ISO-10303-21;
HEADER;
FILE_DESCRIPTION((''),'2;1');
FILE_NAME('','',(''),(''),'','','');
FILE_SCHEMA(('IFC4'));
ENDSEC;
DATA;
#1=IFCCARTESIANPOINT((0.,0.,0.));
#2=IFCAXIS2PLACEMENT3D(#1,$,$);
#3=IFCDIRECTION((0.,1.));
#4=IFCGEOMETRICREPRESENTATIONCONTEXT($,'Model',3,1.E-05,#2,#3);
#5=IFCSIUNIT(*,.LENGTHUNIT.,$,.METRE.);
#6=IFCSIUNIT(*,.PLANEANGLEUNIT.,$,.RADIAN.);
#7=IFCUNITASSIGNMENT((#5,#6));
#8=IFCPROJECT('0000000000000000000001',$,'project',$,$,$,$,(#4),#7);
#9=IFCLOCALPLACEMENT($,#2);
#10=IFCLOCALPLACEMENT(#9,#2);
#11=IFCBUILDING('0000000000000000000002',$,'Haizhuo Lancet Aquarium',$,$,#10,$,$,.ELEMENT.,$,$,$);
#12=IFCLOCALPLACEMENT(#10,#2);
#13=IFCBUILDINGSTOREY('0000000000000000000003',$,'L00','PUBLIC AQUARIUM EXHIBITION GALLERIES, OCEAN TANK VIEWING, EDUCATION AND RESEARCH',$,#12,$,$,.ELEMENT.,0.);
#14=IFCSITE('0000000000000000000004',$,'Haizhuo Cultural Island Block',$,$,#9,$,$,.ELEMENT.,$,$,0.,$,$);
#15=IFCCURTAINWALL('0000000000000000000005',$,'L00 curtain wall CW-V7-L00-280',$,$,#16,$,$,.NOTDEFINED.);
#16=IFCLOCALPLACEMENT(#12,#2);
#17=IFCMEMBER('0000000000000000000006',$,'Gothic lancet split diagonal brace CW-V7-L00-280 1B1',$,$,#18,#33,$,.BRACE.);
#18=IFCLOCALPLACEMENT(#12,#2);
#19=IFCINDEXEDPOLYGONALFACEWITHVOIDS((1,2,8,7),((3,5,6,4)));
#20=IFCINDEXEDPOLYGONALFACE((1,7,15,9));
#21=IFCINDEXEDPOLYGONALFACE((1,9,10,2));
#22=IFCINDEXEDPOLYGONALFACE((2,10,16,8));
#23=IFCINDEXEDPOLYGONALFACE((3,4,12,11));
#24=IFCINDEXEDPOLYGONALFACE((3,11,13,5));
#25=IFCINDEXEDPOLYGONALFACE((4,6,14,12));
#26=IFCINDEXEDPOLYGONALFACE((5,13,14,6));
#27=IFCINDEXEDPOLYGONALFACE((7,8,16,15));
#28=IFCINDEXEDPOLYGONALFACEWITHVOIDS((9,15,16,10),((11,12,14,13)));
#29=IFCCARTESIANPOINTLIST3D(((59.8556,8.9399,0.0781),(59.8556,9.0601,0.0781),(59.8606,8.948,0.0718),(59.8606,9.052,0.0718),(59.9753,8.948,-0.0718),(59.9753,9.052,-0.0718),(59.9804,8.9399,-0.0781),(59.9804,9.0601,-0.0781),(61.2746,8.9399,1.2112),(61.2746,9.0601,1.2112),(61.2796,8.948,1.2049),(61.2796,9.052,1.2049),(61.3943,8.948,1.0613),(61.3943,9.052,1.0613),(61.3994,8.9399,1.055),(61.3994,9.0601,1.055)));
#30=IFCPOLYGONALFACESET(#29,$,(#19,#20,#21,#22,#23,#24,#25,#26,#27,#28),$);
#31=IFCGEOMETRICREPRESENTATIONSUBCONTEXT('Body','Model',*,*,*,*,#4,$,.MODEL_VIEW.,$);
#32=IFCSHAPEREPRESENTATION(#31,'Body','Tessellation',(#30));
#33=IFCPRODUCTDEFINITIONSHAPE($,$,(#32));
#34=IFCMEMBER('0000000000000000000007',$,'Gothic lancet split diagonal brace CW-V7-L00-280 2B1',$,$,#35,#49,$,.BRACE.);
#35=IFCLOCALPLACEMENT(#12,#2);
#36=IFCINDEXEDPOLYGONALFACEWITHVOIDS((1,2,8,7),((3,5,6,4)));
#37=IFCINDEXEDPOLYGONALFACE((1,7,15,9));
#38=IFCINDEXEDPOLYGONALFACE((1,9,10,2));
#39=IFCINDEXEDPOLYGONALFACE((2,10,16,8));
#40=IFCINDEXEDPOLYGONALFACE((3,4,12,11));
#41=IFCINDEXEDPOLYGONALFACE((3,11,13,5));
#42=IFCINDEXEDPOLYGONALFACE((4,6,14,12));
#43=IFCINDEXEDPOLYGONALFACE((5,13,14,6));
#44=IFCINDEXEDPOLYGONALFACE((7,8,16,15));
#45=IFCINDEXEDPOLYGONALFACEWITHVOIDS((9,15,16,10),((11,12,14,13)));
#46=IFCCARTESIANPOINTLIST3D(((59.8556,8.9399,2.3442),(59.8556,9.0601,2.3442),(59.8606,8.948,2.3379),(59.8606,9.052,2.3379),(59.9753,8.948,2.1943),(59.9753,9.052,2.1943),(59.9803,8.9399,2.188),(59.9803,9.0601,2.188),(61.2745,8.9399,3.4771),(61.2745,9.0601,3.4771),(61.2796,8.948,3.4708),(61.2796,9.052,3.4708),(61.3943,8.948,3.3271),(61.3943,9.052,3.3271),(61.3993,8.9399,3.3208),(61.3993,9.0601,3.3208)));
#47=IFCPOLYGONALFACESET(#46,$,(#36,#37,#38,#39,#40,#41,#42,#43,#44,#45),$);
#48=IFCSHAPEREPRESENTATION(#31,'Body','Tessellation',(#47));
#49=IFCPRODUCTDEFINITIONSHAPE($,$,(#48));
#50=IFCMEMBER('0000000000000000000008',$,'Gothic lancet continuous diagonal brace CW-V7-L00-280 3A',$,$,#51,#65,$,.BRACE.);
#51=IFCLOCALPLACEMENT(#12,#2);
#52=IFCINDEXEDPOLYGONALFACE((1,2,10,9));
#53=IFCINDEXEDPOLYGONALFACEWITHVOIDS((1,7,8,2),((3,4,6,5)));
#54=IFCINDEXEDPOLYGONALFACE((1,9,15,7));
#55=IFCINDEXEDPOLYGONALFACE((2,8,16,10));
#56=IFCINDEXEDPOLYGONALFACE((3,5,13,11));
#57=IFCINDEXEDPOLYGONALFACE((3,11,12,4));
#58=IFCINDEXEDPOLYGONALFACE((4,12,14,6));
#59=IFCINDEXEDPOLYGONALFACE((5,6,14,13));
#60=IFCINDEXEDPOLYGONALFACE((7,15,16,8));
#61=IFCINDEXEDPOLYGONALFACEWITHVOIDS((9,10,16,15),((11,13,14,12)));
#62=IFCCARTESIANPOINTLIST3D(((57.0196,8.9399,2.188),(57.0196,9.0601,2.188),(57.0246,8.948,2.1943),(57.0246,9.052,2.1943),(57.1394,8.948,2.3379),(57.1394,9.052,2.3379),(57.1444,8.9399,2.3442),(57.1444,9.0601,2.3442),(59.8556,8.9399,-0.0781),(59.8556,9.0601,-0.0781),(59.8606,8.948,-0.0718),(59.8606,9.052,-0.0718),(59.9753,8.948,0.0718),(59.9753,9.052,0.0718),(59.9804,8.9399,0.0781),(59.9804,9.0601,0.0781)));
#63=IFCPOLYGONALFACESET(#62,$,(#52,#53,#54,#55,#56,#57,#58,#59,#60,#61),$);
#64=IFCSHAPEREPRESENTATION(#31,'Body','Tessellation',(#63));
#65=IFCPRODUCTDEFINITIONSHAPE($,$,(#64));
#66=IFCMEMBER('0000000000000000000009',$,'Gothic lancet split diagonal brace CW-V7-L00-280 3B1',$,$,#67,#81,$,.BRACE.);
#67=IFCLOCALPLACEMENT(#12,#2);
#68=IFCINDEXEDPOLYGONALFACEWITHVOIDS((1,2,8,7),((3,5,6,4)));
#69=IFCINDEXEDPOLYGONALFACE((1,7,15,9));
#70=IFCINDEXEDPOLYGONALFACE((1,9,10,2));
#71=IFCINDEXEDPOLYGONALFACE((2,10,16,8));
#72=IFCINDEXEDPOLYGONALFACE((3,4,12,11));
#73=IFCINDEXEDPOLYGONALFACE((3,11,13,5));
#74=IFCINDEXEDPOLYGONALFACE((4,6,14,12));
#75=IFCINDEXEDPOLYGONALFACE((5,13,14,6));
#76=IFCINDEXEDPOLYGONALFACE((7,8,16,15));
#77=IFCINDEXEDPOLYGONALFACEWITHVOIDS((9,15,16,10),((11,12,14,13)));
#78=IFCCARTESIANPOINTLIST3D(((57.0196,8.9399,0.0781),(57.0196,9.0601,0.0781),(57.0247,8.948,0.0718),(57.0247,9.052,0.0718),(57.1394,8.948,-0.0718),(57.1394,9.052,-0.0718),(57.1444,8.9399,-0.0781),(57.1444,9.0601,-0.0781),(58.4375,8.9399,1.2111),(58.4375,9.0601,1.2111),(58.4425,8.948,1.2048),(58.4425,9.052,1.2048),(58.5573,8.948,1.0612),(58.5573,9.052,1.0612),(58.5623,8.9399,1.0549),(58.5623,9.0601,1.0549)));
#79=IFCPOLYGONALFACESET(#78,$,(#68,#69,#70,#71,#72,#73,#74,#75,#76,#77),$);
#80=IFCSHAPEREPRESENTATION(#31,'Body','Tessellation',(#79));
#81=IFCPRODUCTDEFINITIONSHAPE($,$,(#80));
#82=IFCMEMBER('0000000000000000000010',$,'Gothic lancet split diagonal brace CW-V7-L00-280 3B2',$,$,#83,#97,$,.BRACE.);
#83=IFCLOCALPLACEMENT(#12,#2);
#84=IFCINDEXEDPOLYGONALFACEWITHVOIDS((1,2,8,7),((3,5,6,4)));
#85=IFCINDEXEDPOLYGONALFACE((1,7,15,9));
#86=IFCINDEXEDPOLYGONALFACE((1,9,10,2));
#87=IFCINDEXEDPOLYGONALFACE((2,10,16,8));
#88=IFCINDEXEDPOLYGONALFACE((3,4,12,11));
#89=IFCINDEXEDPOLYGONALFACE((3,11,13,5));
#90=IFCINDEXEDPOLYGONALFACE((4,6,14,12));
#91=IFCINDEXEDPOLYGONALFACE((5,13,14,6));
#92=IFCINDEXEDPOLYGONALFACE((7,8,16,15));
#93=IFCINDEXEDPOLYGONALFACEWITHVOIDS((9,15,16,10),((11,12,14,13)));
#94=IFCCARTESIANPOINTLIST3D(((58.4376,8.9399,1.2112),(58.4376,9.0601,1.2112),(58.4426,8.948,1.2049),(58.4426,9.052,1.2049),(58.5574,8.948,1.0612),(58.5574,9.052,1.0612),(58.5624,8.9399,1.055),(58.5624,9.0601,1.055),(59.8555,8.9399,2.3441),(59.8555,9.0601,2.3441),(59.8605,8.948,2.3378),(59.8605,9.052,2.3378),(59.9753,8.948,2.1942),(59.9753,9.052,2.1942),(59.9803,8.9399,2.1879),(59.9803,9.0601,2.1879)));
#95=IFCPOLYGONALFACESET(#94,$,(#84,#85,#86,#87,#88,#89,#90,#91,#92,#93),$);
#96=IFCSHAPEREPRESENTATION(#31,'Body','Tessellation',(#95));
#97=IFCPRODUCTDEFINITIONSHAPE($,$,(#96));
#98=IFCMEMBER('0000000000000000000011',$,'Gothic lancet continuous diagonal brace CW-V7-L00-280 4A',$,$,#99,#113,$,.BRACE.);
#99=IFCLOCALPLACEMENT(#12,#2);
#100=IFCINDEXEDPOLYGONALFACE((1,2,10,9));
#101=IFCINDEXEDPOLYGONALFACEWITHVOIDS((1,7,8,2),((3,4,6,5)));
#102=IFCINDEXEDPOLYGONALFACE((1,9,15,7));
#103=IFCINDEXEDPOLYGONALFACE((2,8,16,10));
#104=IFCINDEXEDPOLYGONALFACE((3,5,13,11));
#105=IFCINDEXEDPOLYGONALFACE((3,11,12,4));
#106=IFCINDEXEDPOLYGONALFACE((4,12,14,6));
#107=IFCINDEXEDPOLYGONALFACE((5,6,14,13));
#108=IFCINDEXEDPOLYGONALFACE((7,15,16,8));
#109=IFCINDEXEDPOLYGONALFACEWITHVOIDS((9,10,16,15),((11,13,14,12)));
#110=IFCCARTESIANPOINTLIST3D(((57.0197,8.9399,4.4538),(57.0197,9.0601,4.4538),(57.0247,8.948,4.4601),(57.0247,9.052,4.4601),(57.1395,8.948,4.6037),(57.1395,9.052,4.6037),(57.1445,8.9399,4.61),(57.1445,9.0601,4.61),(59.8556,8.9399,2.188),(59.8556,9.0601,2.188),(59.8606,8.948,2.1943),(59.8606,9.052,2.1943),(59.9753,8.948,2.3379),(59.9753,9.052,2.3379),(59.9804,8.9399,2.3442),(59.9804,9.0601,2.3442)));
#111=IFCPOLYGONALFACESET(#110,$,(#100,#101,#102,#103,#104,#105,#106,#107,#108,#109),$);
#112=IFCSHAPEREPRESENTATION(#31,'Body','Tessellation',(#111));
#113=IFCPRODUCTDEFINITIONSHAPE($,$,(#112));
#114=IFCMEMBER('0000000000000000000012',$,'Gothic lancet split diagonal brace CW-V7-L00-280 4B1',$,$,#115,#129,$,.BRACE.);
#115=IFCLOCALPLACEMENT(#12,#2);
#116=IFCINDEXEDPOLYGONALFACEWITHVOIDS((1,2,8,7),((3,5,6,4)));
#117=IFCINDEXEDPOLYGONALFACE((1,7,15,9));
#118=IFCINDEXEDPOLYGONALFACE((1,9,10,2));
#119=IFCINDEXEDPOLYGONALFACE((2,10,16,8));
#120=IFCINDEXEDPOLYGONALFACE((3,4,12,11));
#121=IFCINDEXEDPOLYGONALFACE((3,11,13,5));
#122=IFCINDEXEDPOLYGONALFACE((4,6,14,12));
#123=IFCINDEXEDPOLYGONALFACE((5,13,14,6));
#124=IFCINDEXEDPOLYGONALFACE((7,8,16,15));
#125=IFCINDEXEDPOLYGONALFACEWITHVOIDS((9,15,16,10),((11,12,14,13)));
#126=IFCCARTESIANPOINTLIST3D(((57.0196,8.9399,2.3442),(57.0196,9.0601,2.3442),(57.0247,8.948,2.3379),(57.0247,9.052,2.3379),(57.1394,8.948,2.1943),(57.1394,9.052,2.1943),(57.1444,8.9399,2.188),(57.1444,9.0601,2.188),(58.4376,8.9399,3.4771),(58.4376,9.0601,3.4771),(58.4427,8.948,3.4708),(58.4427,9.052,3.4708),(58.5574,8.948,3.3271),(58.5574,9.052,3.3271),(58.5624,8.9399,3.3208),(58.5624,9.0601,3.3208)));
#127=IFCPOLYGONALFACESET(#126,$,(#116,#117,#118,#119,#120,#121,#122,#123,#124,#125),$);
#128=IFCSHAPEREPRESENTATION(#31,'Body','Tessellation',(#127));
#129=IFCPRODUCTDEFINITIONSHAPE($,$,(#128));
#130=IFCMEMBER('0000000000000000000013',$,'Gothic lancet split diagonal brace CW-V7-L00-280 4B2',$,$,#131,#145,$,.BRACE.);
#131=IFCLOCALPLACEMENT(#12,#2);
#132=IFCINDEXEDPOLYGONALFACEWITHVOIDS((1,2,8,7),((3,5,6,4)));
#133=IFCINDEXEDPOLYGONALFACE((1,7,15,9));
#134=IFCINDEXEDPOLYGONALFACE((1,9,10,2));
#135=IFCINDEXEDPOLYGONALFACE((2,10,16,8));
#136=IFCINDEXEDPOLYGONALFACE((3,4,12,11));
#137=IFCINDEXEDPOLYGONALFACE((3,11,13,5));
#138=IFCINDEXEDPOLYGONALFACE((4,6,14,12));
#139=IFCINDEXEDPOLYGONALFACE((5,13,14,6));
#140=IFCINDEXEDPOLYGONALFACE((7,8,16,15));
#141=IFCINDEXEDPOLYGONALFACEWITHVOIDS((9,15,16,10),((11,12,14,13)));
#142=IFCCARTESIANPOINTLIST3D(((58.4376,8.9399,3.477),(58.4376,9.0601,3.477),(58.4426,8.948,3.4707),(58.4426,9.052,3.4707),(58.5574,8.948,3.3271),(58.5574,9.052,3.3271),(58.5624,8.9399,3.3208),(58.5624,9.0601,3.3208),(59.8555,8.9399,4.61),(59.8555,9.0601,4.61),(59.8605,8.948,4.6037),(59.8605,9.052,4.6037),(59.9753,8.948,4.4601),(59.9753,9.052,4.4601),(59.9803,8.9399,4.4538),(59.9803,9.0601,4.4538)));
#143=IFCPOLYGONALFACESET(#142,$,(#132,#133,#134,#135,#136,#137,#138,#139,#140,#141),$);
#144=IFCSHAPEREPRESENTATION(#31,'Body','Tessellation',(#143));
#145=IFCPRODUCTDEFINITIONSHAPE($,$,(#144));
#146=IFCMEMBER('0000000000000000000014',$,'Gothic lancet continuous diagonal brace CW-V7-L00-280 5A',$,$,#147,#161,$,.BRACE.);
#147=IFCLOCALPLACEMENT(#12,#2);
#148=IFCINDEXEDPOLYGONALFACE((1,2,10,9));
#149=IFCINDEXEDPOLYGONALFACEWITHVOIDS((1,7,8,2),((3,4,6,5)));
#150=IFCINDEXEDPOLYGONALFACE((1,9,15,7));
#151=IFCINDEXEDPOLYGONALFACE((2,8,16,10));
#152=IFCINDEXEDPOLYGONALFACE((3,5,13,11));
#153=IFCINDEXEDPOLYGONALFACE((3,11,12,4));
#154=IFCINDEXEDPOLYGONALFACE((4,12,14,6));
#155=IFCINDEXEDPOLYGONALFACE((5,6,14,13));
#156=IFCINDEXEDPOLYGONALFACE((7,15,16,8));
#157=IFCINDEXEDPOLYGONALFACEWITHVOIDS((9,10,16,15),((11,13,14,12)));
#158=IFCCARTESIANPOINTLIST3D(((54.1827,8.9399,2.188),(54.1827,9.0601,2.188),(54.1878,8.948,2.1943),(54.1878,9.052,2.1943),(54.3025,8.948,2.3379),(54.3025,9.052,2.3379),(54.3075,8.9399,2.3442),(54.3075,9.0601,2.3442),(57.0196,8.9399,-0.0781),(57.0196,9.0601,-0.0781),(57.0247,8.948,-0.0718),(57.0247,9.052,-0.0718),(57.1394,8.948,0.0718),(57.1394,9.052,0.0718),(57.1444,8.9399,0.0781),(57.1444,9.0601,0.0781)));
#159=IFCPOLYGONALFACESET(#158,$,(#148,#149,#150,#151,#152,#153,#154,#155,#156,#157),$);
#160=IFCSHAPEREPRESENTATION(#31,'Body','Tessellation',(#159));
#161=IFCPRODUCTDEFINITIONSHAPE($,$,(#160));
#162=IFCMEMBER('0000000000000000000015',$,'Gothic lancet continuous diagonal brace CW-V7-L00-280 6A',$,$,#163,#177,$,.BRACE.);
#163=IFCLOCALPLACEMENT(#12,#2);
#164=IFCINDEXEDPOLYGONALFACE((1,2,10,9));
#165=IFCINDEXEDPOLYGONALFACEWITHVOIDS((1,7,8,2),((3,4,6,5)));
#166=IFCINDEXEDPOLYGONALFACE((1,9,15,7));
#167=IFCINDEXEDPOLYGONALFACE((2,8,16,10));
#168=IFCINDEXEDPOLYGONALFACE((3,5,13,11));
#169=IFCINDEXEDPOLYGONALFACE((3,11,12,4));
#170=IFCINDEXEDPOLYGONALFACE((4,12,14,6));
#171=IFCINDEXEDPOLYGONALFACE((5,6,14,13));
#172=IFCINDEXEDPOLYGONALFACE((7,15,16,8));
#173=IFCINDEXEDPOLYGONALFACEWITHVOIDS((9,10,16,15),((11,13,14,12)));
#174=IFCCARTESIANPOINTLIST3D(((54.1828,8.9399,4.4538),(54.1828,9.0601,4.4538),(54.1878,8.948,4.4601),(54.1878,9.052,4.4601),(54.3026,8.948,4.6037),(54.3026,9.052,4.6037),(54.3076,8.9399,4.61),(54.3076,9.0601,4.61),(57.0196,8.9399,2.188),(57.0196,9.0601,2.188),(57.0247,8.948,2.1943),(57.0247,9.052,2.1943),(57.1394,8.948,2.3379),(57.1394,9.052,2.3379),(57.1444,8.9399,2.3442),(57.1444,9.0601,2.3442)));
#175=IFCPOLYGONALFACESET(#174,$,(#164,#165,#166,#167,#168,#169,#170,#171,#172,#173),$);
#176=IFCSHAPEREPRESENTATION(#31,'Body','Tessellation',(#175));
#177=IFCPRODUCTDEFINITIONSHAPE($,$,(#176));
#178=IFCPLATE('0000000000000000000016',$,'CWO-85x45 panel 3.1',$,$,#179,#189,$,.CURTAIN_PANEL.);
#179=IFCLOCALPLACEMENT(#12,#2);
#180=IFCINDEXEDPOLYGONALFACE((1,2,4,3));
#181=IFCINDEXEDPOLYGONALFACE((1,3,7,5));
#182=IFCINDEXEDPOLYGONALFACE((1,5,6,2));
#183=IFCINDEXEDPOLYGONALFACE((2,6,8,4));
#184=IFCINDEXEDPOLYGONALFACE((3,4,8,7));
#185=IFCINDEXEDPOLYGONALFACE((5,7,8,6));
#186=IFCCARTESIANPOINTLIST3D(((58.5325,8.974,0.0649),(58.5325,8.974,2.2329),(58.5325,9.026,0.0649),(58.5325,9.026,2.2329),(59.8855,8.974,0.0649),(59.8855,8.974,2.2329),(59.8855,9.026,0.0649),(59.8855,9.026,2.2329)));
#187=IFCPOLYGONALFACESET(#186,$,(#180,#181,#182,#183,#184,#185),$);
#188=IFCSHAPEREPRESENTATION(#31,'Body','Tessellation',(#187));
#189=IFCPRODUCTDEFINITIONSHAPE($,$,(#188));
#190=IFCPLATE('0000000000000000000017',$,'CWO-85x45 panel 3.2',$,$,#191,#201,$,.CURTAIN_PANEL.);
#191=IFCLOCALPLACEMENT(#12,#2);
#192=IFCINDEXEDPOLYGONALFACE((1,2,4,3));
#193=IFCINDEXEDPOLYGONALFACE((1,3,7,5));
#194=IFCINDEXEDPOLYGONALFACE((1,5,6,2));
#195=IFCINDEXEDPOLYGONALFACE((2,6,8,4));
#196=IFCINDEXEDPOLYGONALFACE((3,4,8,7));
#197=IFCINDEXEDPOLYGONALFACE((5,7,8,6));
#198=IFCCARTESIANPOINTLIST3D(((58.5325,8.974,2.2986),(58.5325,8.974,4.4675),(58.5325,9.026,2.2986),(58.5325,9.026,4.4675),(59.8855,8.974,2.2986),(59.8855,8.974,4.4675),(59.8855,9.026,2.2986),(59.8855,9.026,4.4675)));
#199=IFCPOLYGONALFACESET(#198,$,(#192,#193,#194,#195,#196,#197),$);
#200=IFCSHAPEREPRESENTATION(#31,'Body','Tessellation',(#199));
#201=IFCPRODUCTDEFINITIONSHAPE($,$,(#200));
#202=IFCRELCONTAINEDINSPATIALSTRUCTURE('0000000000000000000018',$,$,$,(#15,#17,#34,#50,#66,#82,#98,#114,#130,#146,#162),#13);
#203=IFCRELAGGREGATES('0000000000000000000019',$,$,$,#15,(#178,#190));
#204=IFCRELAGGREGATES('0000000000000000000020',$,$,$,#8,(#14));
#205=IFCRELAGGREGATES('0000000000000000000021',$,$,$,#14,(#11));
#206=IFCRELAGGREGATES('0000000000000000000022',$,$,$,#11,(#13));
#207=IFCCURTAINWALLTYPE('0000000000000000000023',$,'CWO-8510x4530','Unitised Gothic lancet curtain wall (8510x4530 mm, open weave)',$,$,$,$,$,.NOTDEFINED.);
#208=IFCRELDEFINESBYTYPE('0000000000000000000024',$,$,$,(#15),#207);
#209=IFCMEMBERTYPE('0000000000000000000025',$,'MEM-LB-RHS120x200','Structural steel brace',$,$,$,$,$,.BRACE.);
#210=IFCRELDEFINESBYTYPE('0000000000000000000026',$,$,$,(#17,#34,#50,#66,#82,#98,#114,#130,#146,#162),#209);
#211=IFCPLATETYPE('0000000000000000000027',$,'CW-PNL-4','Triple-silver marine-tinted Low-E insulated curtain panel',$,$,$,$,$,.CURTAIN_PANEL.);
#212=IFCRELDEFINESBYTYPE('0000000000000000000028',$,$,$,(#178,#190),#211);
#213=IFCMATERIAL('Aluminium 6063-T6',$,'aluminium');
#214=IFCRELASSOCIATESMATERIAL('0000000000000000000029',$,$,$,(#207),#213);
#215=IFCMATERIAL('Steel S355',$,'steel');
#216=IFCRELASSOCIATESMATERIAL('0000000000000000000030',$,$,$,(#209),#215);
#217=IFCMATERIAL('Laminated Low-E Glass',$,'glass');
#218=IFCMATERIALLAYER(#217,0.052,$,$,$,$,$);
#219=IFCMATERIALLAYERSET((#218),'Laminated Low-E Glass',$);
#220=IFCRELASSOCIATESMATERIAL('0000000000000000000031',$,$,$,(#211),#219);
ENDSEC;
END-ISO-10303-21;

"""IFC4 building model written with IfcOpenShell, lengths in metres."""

from ifc_helpers import new_model, si_unit, direction, frame, origin, origin_2d, place, context, subcontext, project, spatial, rectangle, hollow_rectangle, extrude, material, layer, layer_set, material_profile, profile_set, type_object, element, aggregate, save


model = new_model("IFC4")

# Units and contexts
model_context = context("Model", 3, precision=1e-05, world=origin(), true_north=direction((0.0, 1.0)))
body_context = subcontext(model_context, "Body", "Model", "MODEL_VIEW")
ifc_project = project(units=[si_unit("LENGTHUNIT", "METRE"), si_unit("PLANEANGLEUNIT", "RADIAN")], contexts=[model_context])

# Site, building, storey
site_placement = place(None, origin())
site = spatial("IfcSite", under=ifc_project, at=site_placement, Name="Haizhuo Cultural Island Block", CompositionType="ELEMENT", RefElevation=0.0)
building_placement = place(site_placement, origin())
building = spatial("IfcBuilding", under=site, at=building_placement, Name="Haizhuo Lancet Aquarium", CompositionType="ELEMENT")
storey_placement = place(building_placement, origin())
storey = spatial("IfcBuildingStorey", under=building, at=storey_placement, Name="L00", Description="PUBLIC AQUARIUM EXHIBITION GALLERIES, OCEAN TANK VIEWING, EDUCATION AND RESEARCH", CompositionType="ELEMENT", Elevation=0.0)

# Shared definitions
ifc_material_1 = material(Name="Steel S355", Category="steel")

# Curtain wall
ifc_material_2 = material(Name="Aluminium 6063-T6", Category="aluminium")
curtain_wall_type = type_object("IfcCurtainWallType", Name="CWO-8510x4530", Description="Unitised Gothic lancet curtain wall (8510x4530 mm, open weave)", PredefinedType="NOTDEFINED", material=ifc_material_2)
curtain_wall_placement = place(storey_placement, origin())
curtain_wall = element("IfcCurtainWall", 1, at=curtain_wall_placement, inside=storey, type_object=curtain_wall_type, Name="L00 curtain wall CW-V7-L00-280", PredefinedType="NOTDEFINED")

# Members
ifc_material_profile_1 = material_profile(ifc_material_1, hollow_rectangle(XDim=0.1201, YDim=0.2, WallThickness=0.0081, at=origin_2d()), Name="RHS 120x200x8")
ifc_profile_set_1 = profile_set([ifc_material_profile_1], Name="Steel S355")
member_type_1 = type_object("IfcMemberType", Name="MEM-LB-RHS120x200", Description="Structural steel brace", PredefinedType="BRACE", material=ifc_profile_set_1)
member_1_placement = place(storey_placement, frame((59.918, 9.0, 0.0), z_axis=(0.781433, 0.0, 0.62399), x_axis=(0.0, 1.0, 0.0)))
element("IfcMember", 2, at=member_1_placement, inside=storey, type_object=member_type_1, Name="Gothic lancet split diagonal brace CW-V7-L00-280 1B1", PredefinedType="BRACE", context=body_context, shape_type="SweptSolid", body=[
    extrude(hollow_rectangle(XDim=0.1201, YDim=0.2, WallThickness=0.0081, at=origin_2d()), origin(), (0.0, 0.0, 1.0), 1.8159),
])
member_2_placement = place(storey_placement, frame((59.918, 9.0, 2.2661), z_axis=(0.781498, 0.0, 0.623908), x_axis=(0.0, 1.0, 0.0)))
element("IfcMember", 3, at=member_2_placement, inside=storey, type_object=member_type_1, Name="Gothic lancet split diagonal brace CW-V7-L00-280 2B1", PredefinedType="BRACE", context=body_context, shape_type="SweptSolid", body=[
    extrude(hollow_rectangle(XDim=0.1201, YDim=0.2, WallThickness=0.0081, at=origin_2d()), origin(), (0.0, 0.0, 1.0), 1.8157),
])
member_3_placement = place(storey_placement, frame((59.918, 9.0, 0.0), z_axis=(-0.781223, 0.0, 0.624252), x_axis=(0.0, -1.0, 0.0)))
element("IfcMember", 4, at=member_3_placement, inside=storey, type_object=member_type_1, Name="Gothic lancet continuous diagonal brace CW-V7-L00-280 3A", PredefinedType="BRACE", context=body_context, shape_type="SweptSolid", body=[
    extrude(hollow_rectangle(XDim=0.1201, YDim=0.2, WallThickness=0.0081, at=origin_2d()), origin(), (0.0, 0.0, 1.0), 3.6301),
])
for number, where, z_axis, x_axis, name in (
    (5, (57.082, 9.0, 0.0), (0.781223, 0.0, 0.624252), (0.0, 1.0, 0.0), "Gothic lancet split diagonal brace CW-V7-L00-280 3B1"),
    (6, (58.5, 9.0, 1.1331), (0.781223, 0.0, 0.624252), (0.0, 1.0, 0.0), "Gothic lancet split diagonal brace CW-V7-L00-280 3B2"),
):
    element("IfcMember", number, at=place(storey_placement, frame(where, z_axis=z_axis, x_axis=x_axis)), inside=storey, type_object=member_type_1, Name=name, PredefinedType="BRACE", context=body_context, shape_type="SweptSolid", body=[
        extrude(hollow_rectangle(XDim=0.1201, YDim=0.2, WallThickness=0.0081, at=origin_2d()), origin(), (0.0, 0.0, 1.0), 1.8149),
    ])
member_4_placement = place(storey_placement, frame((59.918, 9.0, 2.2661), z_axis=(-0.781256, 0.0, 0.624211), x_axis=(0.0, -1.0, 0.0)))
element("IfcMember", 7, at=member_4_placement, inside=storey, type_object=member_type_1, Name="Gothic lancet continuous diagonal brace CW-V7-L00-280 4A", PredefinedType="BRACE", context=body_context, shape_type="SweptSolid", body=[
    extrude(hollow_rectangle(XDim=0.1201, YDim=0.2, WallThickness=0.0081, at=origin_2d()), origin(), (0.0, 0.0, 1.0), 3.6299),
])
for number, where, z_axis, x_axis, name in (
    (8, (57.082, 9.0, 2.2661), (0.781289, 0.0, 0.62417), (0.0, 1.0, 0.0), "Gothic lancet split diagonal brace CW-V7-L00-280 4B1"),
    (9, (58.5, 9.0, 3.3989), (0.781223, 0.0, 0.624252), (0.0, 1.0, 0.0), "Gothic lancet split diagonal brace CW-V7-L00-280 4B2"),
):
    element("IfcMember", number, at=place(storey_placement, frame(where, z_axis=z_axis, x_axis=x_axis)), inside=storey, type_object=member_type_1, Name=name, PredefinedType="BRACE", context=body_context, shape_type="SweptSolid", body=[
        extrude(hollow_rectangle(XDim=0.1201, YDim=0.2, WallThickness=0.0081, at=origin_2d()), origin(), (0.0, 0.0, 1.0), 1.8149),
    ])
member_5_placement = place(storey_placement, frame((57.082, 9.0, 0.0), z_axis=(-0.781328, 0.0, 0.624121), x_axis=(0.0, -1.0, 0.0)))
element("IfcMember", 10, at=member_5_placement, inside=storey, type_object=member_type_1, Name="Gothic lancet continuous diagonal brace CW-V7-L00-280 5A", PredefinedType="BRACE", context=body_context, shape_type="SweptSolid", body=[
    extrude(hollow_rectangle(XDim=0.1201, YDim=0.2, WallThickness=0.0081, at=origin_2d()), origin(), (0.0, 0.0, 1.0), 3.6309),
])
member_6_placement = place(storey_placement, frame((57.082, 9.0, 2.2661), z_axis=(-0.781361, 0.0, 0.62408), x_axis=(0.0, -1.0, 0.0)))
element("IfcMember", 11, at=member_6_placement, inside=storey, type_object=member_type_1, Name="Gothic lancet continuous diagonal brace CW-V7-L00-280 6A", PredefinedType="BRACE", context=body_context, shape_type="SweptSolid", body=[
    extrude(hollow_rectangle(XDim=0.1201, YDim=0.2, WallThickness=0.0081, at=origin_2d()), origin(), (0.0, 0.0, 1.0), 3.6306),
])

# Plates
ifc_material_3 = material(Name="Laminated Low-E Glass", Category="glass")
ifc_layer = layer(ifc_material_3, 0.052)
ifc_layer_set = layer_set([ifc_layer], Name="Laminated Low-E Glass")
plate_type = type_object("IfcPlateType", Name="CW-PNL-4", Description="Triple-silver marine-tinted Low-E insulated curtain panel", PredefinedType="CURTAIN_PANEL", material=ifc_layer_set)
plate_1_placement = place(storey_placement, frame((59.209, 9.0, 0.0649), z_axis=(0.0, 0.0, 1.0), x_axis=(-1.0, 0.0, 0.0)))
plate_1 = element("IfcPlate", 12, at=plate_1_placement, type_object=plate_type, Name="CWO-85x45 panel 3.1", PredefinedType="CURTAIN_PANEL", context=body_context, shape_type="SweptSolid", body=[
    extrude(rectangle(XDim=1.353, YDim=0.052, at=origin_2d()), origin(), (0.0, 0.0, 1.0), 2.168),
])
plate_2_placement = place(storey_placement, frame((59.209, 9.0, 2.2986), z_axis=(0.0, 0.0, 1.0), x_axis=(-1.0, 0.0, 0.0)))
plate_2 = element("IfcPlate", 13, at=plate_2_placement, type_object=plate_type, Name="CWO-85x45 panel 3.2", PredefinedType="CURTAIN_PANEL", context=body_context, shape_type="SweptSolid", body=[
    extrude(rectangle(XDim=1.353, YDim=0.052, at=origin_2d()), origin(), (0.0, 0.0, 1.0), 2.1689),
])
aggregate(curtain_wall, [plate_1, plate_2])

save(model, "model.ifc")
